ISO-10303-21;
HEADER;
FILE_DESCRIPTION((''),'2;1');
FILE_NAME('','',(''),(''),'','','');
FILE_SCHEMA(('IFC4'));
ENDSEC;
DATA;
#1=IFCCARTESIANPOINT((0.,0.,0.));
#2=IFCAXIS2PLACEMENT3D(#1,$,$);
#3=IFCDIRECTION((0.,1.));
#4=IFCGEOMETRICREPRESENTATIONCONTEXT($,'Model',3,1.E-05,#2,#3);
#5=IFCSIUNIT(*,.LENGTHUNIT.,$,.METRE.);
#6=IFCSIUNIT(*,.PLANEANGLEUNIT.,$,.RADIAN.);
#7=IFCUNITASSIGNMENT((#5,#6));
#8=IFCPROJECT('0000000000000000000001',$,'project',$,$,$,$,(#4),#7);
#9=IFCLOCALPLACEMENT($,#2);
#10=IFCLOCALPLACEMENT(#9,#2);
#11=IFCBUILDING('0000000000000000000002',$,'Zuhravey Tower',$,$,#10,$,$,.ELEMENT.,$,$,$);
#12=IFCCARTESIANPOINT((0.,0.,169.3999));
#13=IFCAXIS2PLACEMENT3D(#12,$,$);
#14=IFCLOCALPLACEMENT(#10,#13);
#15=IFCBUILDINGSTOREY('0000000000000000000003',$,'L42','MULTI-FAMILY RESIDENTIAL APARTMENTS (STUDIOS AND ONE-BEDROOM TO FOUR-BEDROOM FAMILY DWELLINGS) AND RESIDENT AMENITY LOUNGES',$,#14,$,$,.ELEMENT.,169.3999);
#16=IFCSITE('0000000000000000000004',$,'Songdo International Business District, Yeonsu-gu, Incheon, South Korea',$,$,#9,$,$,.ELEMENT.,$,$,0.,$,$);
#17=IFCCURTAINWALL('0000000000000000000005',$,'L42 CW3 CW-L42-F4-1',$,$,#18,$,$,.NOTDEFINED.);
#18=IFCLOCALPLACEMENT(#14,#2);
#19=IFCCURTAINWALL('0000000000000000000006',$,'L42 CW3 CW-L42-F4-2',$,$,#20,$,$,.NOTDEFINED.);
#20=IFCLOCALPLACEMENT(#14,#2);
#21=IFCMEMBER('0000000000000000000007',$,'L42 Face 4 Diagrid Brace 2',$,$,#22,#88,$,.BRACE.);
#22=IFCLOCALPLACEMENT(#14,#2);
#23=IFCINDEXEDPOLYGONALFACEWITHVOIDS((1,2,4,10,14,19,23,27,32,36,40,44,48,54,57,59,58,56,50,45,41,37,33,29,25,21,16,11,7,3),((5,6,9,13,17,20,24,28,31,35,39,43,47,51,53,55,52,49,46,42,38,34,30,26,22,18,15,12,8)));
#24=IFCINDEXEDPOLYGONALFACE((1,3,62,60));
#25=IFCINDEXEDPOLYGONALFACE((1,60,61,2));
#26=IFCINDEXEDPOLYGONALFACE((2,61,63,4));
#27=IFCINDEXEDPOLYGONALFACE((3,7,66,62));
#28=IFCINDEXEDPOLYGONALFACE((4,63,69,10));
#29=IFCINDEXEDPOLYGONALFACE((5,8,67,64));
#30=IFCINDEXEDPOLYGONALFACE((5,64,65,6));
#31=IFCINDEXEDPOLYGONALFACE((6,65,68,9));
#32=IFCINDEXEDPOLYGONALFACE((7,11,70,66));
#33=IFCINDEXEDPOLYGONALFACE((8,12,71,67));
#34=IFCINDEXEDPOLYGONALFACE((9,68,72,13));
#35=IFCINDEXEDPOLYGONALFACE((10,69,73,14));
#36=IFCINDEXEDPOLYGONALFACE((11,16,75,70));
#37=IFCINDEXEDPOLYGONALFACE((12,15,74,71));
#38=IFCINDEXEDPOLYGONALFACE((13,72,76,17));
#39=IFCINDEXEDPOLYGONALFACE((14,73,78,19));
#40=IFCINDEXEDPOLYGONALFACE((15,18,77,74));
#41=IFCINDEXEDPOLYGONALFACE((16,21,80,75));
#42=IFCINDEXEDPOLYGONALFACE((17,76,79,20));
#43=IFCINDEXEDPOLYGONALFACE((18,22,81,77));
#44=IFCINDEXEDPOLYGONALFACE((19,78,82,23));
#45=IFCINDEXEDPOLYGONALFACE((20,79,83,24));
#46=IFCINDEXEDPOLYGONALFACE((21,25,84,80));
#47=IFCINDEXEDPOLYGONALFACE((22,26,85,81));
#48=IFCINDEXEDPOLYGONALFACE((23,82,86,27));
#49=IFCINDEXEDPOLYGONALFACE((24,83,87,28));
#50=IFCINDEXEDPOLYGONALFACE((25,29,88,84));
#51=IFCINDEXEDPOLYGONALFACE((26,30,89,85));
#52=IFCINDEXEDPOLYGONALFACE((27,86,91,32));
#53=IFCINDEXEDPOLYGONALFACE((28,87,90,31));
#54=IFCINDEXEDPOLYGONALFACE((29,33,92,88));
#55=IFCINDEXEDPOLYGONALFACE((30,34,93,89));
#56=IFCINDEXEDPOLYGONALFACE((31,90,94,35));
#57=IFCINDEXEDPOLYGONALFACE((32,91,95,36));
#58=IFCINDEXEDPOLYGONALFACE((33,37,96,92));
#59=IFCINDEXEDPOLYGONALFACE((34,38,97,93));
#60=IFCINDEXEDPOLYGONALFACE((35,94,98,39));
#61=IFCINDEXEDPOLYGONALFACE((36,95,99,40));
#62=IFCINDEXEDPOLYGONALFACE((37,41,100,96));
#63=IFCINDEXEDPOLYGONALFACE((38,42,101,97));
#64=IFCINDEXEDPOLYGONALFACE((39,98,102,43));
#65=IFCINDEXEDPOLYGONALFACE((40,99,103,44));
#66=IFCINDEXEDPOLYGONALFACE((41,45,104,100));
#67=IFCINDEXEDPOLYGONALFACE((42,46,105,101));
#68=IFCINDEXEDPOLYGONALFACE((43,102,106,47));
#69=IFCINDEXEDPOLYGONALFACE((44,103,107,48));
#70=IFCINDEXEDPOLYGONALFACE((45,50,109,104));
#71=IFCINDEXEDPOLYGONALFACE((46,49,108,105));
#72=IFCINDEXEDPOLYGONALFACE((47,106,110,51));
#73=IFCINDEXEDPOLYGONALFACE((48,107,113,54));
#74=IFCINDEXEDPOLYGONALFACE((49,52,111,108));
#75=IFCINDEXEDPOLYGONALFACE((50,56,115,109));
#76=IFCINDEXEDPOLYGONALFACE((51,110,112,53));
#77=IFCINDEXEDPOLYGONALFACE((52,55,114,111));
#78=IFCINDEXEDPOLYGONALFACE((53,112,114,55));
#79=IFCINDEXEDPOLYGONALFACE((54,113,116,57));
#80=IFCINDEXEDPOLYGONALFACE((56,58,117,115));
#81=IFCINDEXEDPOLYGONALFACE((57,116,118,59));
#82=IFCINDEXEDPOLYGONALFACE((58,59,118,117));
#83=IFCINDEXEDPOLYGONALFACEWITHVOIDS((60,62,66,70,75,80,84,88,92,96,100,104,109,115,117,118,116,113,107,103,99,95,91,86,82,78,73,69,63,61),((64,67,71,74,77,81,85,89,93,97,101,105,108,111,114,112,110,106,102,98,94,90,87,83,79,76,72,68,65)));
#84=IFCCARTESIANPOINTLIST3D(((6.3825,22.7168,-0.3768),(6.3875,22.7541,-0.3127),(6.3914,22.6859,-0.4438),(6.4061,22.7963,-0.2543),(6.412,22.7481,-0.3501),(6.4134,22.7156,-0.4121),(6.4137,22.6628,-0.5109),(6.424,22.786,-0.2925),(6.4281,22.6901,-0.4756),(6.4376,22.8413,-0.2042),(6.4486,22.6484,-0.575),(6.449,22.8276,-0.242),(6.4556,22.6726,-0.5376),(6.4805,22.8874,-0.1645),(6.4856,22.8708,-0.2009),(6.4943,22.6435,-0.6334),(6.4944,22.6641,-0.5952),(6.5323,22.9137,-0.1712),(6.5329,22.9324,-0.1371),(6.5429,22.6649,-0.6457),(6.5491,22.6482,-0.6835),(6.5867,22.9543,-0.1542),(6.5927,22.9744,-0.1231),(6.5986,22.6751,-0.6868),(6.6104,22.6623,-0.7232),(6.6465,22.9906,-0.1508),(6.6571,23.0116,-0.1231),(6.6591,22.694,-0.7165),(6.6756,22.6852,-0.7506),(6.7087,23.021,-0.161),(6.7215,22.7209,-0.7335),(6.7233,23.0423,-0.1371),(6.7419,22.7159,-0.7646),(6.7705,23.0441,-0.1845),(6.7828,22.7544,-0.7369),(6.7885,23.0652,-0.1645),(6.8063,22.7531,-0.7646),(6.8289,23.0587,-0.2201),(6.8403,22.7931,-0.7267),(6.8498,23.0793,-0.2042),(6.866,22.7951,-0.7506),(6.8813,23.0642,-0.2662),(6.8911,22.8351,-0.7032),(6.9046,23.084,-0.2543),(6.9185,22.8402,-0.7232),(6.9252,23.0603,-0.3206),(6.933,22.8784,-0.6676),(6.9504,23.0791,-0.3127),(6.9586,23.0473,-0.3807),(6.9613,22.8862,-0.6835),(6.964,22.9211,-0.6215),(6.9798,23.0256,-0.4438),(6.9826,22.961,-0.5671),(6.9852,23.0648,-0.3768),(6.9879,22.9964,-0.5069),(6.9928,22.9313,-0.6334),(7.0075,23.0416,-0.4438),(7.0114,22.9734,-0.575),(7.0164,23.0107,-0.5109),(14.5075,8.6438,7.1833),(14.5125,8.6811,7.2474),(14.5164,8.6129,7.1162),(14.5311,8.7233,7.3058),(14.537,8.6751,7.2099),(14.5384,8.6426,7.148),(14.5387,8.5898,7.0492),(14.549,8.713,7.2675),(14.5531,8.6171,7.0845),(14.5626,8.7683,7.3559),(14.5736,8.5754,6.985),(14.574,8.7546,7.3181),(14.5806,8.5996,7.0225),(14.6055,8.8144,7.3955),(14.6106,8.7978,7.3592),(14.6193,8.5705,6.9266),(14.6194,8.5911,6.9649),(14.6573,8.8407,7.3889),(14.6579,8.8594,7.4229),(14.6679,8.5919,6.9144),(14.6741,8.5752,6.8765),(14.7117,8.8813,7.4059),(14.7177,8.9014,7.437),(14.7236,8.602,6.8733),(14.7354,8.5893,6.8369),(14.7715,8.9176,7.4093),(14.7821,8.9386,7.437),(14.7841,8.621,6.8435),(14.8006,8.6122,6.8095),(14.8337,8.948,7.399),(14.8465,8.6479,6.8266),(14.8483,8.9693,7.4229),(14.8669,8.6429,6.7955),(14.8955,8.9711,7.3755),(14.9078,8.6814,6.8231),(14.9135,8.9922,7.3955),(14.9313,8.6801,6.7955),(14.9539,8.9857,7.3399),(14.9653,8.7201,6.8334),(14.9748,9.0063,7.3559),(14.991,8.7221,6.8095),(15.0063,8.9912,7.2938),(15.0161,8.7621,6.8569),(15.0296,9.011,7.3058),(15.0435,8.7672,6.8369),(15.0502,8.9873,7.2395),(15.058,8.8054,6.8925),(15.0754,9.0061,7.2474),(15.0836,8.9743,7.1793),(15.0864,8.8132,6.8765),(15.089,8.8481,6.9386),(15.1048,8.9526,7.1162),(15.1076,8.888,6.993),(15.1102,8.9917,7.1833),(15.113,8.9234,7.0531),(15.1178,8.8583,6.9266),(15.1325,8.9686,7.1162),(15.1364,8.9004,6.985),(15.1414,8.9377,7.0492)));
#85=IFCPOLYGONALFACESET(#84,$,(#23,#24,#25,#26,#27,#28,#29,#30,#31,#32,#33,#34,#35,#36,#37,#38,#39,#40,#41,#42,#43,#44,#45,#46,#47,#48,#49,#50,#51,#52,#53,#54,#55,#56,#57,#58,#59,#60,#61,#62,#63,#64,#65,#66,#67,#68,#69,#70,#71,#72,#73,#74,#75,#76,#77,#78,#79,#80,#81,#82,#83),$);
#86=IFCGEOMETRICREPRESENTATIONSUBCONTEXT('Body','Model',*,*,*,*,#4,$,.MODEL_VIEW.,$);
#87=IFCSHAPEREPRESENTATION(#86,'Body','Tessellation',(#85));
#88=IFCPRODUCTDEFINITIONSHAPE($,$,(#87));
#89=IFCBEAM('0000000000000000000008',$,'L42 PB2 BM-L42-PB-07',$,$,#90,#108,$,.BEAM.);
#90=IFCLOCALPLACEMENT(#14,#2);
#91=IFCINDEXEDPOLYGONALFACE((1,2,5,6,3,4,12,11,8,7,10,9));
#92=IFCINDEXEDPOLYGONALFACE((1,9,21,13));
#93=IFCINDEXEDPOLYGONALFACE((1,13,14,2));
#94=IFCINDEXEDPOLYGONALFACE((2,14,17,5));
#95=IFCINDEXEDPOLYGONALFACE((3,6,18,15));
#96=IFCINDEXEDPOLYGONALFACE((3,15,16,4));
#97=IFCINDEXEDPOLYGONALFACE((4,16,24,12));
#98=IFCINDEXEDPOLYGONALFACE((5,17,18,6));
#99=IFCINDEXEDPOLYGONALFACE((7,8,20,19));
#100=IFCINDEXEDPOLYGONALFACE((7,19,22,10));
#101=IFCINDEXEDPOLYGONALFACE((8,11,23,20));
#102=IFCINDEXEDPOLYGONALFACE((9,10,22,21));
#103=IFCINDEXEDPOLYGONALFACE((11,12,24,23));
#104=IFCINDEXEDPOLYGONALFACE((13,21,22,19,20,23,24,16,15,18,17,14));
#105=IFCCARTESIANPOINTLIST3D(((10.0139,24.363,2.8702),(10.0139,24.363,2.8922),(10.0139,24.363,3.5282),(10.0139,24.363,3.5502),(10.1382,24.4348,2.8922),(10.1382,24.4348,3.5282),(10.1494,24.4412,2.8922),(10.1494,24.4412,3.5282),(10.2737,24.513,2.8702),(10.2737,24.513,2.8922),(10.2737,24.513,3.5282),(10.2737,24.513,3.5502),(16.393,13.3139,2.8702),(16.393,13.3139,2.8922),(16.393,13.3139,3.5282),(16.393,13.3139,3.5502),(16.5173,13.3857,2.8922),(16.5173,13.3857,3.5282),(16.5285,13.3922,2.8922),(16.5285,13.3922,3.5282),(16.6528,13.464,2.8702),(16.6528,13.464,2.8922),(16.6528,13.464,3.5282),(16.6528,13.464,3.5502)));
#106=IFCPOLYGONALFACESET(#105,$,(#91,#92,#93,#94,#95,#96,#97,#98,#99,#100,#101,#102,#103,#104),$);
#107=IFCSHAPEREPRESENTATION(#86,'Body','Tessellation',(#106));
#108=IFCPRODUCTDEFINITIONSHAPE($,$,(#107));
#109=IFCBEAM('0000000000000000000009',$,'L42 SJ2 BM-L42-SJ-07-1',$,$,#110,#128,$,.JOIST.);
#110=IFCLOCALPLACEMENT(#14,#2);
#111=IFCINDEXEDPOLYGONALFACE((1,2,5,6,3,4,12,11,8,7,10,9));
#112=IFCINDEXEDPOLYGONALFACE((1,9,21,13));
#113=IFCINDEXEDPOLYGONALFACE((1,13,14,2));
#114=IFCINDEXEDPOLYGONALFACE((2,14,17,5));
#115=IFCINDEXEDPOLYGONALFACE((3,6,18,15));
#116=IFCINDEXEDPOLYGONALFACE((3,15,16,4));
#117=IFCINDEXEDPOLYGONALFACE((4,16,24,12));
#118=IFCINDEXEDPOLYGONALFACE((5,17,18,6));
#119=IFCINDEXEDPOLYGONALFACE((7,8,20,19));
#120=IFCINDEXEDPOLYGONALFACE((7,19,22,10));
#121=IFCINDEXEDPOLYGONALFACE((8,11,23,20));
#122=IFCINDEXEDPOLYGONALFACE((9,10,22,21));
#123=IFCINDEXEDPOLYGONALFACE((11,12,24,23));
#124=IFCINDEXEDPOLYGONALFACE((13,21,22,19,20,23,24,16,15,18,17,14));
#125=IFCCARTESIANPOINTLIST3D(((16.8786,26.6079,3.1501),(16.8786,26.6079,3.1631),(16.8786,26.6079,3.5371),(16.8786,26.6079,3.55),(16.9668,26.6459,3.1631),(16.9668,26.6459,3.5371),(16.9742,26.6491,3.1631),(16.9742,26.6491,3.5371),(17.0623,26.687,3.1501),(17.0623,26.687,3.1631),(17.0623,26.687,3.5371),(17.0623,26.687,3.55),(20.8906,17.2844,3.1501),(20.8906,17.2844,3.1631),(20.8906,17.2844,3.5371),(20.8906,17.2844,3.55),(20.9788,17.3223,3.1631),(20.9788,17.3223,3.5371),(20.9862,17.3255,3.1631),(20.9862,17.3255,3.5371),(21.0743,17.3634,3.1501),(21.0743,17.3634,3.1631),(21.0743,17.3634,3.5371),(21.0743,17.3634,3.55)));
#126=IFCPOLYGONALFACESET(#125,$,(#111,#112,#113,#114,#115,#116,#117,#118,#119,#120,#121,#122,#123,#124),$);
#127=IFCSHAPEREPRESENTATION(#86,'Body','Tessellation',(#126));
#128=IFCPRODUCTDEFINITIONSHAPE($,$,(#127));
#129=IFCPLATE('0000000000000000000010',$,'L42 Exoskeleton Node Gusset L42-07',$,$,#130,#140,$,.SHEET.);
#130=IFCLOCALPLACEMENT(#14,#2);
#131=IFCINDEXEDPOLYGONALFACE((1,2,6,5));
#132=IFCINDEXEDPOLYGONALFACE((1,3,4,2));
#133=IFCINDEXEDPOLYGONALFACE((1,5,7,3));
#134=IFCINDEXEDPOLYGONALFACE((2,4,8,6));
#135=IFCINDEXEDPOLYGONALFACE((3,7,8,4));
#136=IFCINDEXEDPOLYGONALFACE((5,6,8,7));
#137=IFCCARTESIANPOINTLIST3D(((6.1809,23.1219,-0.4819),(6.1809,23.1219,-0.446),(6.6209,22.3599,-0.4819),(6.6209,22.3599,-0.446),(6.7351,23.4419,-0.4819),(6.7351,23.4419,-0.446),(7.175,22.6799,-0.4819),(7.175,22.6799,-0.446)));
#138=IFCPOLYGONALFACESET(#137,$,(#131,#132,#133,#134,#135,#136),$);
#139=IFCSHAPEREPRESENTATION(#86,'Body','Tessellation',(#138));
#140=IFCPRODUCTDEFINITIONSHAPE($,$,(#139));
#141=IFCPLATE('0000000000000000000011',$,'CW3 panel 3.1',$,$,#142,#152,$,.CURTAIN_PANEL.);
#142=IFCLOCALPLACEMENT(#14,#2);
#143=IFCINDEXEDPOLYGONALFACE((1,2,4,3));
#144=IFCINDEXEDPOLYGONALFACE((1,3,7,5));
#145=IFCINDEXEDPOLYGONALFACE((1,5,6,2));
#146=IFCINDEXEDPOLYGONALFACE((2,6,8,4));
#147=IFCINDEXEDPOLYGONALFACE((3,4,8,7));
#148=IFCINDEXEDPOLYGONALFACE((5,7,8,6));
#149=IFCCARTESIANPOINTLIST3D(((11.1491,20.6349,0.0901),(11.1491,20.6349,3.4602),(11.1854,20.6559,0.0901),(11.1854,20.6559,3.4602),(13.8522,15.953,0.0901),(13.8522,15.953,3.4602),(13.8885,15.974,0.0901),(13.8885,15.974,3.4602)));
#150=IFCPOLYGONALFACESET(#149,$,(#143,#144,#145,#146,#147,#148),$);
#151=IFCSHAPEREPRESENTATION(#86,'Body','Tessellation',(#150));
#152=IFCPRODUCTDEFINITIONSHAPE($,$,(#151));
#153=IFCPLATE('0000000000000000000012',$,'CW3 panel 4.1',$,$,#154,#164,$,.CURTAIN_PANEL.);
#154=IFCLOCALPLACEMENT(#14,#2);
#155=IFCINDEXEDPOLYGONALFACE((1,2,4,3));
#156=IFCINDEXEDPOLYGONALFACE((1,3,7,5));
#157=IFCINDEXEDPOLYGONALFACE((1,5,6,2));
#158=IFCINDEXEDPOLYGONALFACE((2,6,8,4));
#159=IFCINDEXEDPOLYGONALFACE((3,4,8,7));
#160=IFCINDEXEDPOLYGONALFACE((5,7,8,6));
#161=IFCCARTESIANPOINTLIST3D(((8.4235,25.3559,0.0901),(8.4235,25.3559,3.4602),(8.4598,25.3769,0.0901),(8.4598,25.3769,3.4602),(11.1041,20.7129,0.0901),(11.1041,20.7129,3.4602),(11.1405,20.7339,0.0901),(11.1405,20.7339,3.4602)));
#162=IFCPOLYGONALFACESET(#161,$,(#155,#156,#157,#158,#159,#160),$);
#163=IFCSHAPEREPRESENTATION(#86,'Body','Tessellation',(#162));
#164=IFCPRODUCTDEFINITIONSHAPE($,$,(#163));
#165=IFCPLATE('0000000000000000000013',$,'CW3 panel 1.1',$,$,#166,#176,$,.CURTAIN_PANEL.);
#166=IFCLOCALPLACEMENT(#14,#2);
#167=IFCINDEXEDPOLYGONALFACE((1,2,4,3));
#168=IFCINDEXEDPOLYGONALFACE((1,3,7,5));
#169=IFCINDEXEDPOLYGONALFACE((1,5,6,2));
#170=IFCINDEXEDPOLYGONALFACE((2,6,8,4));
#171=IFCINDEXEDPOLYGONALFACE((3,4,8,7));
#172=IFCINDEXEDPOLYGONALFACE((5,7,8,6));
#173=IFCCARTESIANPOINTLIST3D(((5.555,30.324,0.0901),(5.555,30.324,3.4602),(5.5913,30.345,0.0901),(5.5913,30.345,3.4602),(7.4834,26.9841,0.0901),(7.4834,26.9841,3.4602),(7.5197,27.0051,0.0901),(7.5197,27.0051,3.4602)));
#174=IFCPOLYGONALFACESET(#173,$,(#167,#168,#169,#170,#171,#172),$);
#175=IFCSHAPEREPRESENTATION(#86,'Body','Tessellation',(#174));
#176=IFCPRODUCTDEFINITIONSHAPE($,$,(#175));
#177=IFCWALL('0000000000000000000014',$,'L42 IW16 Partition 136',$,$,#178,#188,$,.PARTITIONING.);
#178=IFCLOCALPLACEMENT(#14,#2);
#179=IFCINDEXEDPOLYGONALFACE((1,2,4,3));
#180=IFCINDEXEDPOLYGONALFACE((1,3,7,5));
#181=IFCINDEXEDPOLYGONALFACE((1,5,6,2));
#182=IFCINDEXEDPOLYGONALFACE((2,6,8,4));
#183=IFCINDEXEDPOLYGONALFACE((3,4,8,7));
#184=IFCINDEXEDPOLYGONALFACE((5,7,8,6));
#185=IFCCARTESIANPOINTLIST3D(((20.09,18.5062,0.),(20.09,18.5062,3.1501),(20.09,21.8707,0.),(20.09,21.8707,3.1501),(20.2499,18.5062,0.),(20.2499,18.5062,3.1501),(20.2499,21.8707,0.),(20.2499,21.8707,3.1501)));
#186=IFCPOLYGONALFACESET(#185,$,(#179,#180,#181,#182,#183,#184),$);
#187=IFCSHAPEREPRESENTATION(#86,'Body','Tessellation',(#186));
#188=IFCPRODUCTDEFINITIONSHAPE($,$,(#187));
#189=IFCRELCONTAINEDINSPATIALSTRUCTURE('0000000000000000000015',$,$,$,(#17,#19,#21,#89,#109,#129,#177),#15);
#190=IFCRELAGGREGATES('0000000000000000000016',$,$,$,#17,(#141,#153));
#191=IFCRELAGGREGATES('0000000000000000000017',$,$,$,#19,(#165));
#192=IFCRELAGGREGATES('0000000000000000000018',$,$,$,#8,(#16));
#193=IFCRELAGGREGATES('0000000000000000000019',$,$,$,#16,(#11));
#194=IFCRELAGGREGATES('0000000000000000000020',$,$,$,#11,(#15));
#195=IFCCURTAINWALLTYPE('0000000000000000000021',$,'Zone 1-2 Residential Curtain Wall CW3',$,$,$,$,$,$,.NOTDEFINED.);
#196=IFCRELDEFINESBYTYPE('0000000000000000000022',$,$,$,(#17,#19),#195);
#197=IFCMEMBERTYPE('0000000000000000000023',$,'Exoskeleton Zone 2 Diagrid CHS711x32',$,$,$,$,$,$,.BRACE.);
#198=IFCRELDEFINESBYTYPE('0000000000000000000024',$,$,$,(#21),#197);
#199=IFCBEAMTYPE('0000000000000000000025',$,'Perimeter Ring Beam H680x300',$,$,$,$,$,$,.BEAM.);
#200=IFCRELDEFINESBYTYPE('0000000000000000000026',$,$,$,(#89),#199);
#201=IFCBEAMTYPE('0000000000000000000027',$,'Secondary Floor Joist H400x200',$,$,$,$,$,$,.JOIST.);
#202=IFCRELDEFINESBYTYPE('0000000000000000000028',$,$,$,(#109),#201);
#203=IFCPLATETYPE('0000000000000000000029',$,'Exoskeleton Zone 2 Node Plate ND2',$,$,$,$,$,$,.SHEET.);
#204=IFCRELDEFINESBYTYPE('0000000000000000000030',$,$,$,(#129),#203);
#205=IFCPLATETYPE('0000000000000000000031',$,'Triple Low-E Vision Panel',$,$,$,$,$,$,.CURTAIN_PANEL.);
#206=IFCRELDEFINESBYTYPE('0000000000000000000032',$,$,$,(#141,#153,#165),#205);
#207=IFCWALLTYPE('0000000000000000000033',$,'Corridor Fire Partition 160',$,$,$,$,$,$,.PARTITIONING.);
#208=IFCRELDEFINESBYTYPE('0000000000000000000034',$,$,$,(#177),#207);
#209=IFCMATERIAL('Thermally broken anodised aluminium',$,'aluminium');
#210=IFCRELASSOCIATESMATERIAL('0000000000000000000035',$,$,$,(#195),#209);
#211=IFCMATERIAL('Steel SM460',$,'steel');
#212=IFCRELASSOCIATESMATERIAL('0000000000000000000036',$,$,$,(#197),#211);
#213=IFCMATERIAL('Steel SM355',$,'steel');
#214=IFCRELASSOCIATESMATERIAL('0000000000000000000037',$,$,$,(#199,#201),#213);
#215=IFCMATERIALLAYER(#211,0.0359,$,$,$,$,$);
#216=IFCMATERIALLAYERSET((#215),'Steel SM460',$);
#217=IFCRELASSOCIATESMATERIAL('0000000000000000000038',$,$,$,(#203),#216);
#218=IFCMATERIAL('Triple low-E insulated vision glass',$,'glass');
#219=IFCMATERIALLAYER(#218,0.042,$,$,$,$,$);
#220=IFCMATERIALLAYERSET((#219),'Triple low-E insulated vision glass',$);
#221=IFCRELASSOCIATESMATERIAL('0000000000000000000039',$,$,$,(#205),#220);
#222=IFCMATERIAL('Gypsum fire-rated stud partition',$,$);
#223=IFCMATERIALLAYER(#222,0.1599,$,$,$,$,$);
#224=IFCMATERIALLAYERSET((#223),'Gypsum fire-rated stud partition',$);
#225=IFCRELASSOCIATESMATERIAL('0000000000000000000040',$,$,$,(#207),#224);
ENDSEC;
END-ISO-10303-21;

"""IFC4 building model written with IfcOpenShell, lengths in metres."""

from ifc_helpers import new_model, si_unit, direction, frame, frame_2d, origin, origin_2d, place, context, subcontext, project, spatial, rectangle, hollow_circle, i_section, extrude, material, layer, layer_set, material_profile, profile_set, type_object, element, aggregate, save


model = new_model("IFC4")

# Units and contexts
model_context = context("Model", 3, precision=1e-05, world=origin(), true_north=direction((0.0, 1.0)))
body_context = subcontext(model_context, "Body", "Model", "MODEL_VIEW")
ifc_project = project(units=[si_unit("LENGTHUNIT", "METRE"), si_unit("PLANEANGLEUNIT", "RADIAN")], contexts=[model_context])

# Site, building, storey
site_placement = place(None, origin())
site = spatial("IfcSite", under=ifc_project, at=site_placement, Name="Songdo International Business District, Yeonsu-gu, Incheon, South Korea", CompositionType="ELEMENT", RefElevation=0.0)
building_placement = place(site_placement, origin())
building = spatial("IfcBuilding", under=site, at=building_placement, Name="Zuhravey Tower", CompositionType="ELEMENT")
storey_placement = place(building_placement, frame((0.0, 0.0, 169.3999)))
storey = spatial("IfcBuildingStorey", under=building, at=storey_placement, Name="L42", Description="MULTI-FAMILY RESIDENTIAL APARTMENTS (STUDIOS AND ONE-BEDROOM TO FOUR-BEDROOM FAMILY DWELLINGS) AND RESIDENT AMENITY LOUNGES", CompositionType="ELEMENT", Elevation=169.3999)

# Curtain walls
ifc_material_1 = material(Name="Thermally broken anodised aluminium", Category="aluminium")
curtain_wall_type = type_object("IfcCurtainWallType", Name="Zone 1-2 Residential Curtain Wall CW3", PredefinedType="NOTDEFINED", material=ifc_material_1)
curtain_wall_1_placement = place(storey_placement, origin())
curtain_wall_1 = element("IfcCurtainWall", 1, at=curtain_wall_1_placement, inside=storey, type_object=curtain_wall_type, Name="L42 CW3 CW-L42-F4-1", PredefinedType="NOTDEFINED")
curtain_wall_2_placement = place(storey_placement, origin())
curtain_wall_2 = element("IfcCurtainWall", 2, at=curtain_wall_2_placement, inside=storey, type_object=curtain_wall_type, Name="L42 CW3 CW-L42-F4-2", PredefinedType="NOTDEFINED")

# Member
ifc_material_2 = material(Name="Steel SM355", Category="steel")
ifc_material_3 = material(Name="Steel SM460", Category="steel")
ifc_material_profile_1 = material_profile(ifc_material_3, hollow_circle(Radius=0.3557, WallThickness=0.032, at=origin_2d()), Name="CHS-711.2x32")
ifc_profile_set_1 = profile_set([ifc_material_profile_1], Name="Steel SM460")
member_type_1 = type_object("IfcMemberType", Name="Exoskeleton Zone 2 Diagrid CHS711x32", PredefinedType="BRACE", material=ifc_profile_set_1)
member_1_placement = place(storey_placement, frame((6.6995, 22.8638, -0.4438), z_axis=(0.453338, -0.78521, 0.421817), x_axis=(0.866027, 0.499998, 0.0)))
element("IfcMember", 3, at=member_1_placement, inside=storey, type_object=member_type_1, Name="L42 Face 4 Diagrid Brace 2", PredefinedType="BRACE", context=body_context, shape_type="SweptSolid", body=[
    extrude(hollow_circle(Radius=0.3557, WallThickness=0.032, at=origin_2d()), origin(), (0.0, 0.0, 1.0), 17.9226),
])

# Beams
ifc_material_profile_2 = material_profile(ifc_material_2, i_section(OverallWidth=0.3, OverallDepth=0.6799, WebThickness=0.0129, FlangeThickness=0.022, at=origin_2d()), Name="H-680x300x13x22")
ifc_profile_set_2 = profile_set([ifc_material_profile_2], Name="Steel SM355")
beam_type_1 = type_object("IfcBeamType", Name="Perimeter Ring Beam H680x300", PredefinedType="BEAM", material=ifc_profile_set_2)
beam_1_placement = place(storey_placement, frame((10.1438, 24.438, 3.2102), z_axis=(0.499998, -0.866027, 0.0), x_axis=(0.866027, 0.499998, 0.0)))
element("IfcBeam", 4, at=beam_1_placement, inside=storey, type_object=beam_type_1, Name="L42 PB2 BM-L42-PB-07", PredefinedType="BEAM", context=body_context, shape_type="SweptSolid", body=[
    extrude(i_section(OverallWidth=0.3, OverallDepth=0.6799, WebThickness=0.0129, FlangeThickness=0.022, at=origin_2d()), origin(), (0.0, 0.0, 1.0), 12.7583),
])
ifc_material_profile_3 = material_profile(ifc_material_2, i_section(OverallWidth=0.2, OverallDepth=0.3999, WebThickness=0.0081, FlangeThickness=0.0129, at=origin_2d()), Name="H-400x200x8x13")
ifc_profile_set_3 = profile_set([ifc_material_profile_3], Name="Steel SM355")
beam_type_2 = type_object("IfcBeamType", Name="Secondary Floor Joist H400x200", PredefinedType="JOIST", material=ifc_profile_set_3)
beam_2_placement = place(storey_placement, frame((16.9705, 26.6475, 3.3501), z_axis=(0.395266, -0.918567, 0.0), x_axis=(0.918567, 0.395266, 0.0)))
element("IfcBeam", 5, at=beam_2_placement, inside=storey, type_object=beam_type_2, Name="L42 SJ2 BM-L42-SJ-07-1", PredefinedType="JOIST", context=body_context, shape_type="SweptSolid", body=[
    extrude(i_section(OverallWidth=0.2, OverallDepth=0.3999, WebThickness=0.0081, FlangeThickness=0.0129, at=origin_2d()), origin(), (0.0, 0.0, 1.0), 10.1501),
])

# Plates
ifc_layer_1 = layer(ifc_material_3, 0.0359)
ifc_layer_set_1 = layer_set([ifc_layer_1], Name="Steel SM460")
plate_type_1 = type_object("IfcPlateType", Name="Exoskeleton Zone 2 Node Plate ND2", PredefinedType="SHEET", material=ifc_layer_set_1)
plate_1_placement = place(storey_placement, frame((6.678, 22.9009, -0.4819), z_axis=(0.0, 0.0, 1.0), x_axis=(0.5, -0.866025, 0.0)))
element("IfcPlate", 6, at=plate_1_placement, inside=storey, type_object=plate_type_1, Name="L42 Exoskeleton Node Gusset L42-07", PredefinedType="SHEET", context=body_context, shape_type="SweptSolid", body=[
    extrude(rectangle(XDim=0.8799, YDim=0.6399, at=origin_2d()), origin(), (0.0, 0.0, 1.0), 0.0359),
])
ifc_material_4 = material(Name="Triple low-E insulated vision glass", Category="glass")
ifc_layer_2 = layer(ifc_material_4, 0.042)
ifc_layer_set_2 = layer_set([ifc_layer_2], Name="Triple low-E insulated vision glass")
plate_type_2 = type_object("IfcPlateType", Name="Triple Low-E Vision Panel", PredefinedType="CURTAIN_PANEL", material=ifc_layer_set_2)
plate_2_placement = place(storey_placement, frame((12.5188, 18.3044, 0.0901), z_axis=(0.0, 0.0, 1.0), x_axis=(-0.5, 0.866025, 0.0)))
plate_2 = element("IfcPlate", 7, at=plate_2_placement, type_object=plate_type_2, Name="CW3 panel 3.1", PredefinedType="CURTAIN_PANEL", context=body_context, shape_type="SweptSolid", body=[
    extrude(rectangle(XDim=5.4062, YDim=0.042, at=origin_2d()), origin(), (0.0, 0.0, 1.0), 3.3701),
])
plate_3_placement = place(storey_placement, frame((9.782, 23.0449, 0.0901), z_axis=(0.0, 0.0, 1.0), x_axis=(-0.5, 0.866025, 0.0)))
plate_3 = element("IfcPlate", 8, at=plate_3_placement, type_object=plate_type_2, Name="CW3 panel 4.1", PredefinedType="CURTAIN_PANEL", context=body_context, shape_type="SweptSolid", body=[
    extrude(rectangle(XDim=5.3613, YDim=0.042, at=origin_2d()), origin(), (0.0, 0.0, 1.0), 3.3701),
])
aggregate(curtain_wall_1, [plate_2, plate_3])
plate_4_placement = place(storey_placement, frame((6.5374, 28.6646, 0.0901), z_axis=(0.0, 0.0, 1.0), x_axis=(-0.500008, 0.866021, 0.0)))
plate_4 = element("IfcPlate", 9, at=plate_4_placement, type_object=plate_type_2, Name="CW3 panel 1.1", PredefinedType="CURTAIN_PANEL", context=body_context, shape_type="SweptSolid", body=[
    extrude(rectangle(XDim=3.8567, YDim=0.042, at=origin_2d()), origin(), (0.0, 0.0, 1.0), 3.3701),
])
aggregate(curtain_wall_2, [plate_4])

# Wall
ifc_material_5 = material(Name="Gypsum fire-rated stud partition")
ifc_layer_3 = layer(ifc_material_5, 0.1599)
ifc_layer_set_3 = layer_set([ifc_layer_3], Name="Gypsum fire-rated stud partition")
wall_type_1 = type_object("IfcWallType", Name="Corridor Fire Partition 160", PredefinedType="PARTITIONING", material=ifc_layer_set_3)
wall_1_placement = place(storey_placement, frame((20.1699, 21.8706, 0.0), z_axis=(0.0, 0.0, 1.0), x_axis=(0.0, -1.0, 0.0)))
element("IfcWall", 10, at=wall_1_placement, inside=storey, type_object=wall_type_1, Name="L42 IW16 Partition 136", PredefinedType="PARTITIONING", context=body_context, shape_type="SweptSolid", body=[
    extrude(rectangle(XDim=3.3645, YDim=0.1599, at=frame_2d((1.6821, 0.0))), origin(), (0.0, 0.0, 1.0), 3.1501),
])

save(model, "model.ifc")
